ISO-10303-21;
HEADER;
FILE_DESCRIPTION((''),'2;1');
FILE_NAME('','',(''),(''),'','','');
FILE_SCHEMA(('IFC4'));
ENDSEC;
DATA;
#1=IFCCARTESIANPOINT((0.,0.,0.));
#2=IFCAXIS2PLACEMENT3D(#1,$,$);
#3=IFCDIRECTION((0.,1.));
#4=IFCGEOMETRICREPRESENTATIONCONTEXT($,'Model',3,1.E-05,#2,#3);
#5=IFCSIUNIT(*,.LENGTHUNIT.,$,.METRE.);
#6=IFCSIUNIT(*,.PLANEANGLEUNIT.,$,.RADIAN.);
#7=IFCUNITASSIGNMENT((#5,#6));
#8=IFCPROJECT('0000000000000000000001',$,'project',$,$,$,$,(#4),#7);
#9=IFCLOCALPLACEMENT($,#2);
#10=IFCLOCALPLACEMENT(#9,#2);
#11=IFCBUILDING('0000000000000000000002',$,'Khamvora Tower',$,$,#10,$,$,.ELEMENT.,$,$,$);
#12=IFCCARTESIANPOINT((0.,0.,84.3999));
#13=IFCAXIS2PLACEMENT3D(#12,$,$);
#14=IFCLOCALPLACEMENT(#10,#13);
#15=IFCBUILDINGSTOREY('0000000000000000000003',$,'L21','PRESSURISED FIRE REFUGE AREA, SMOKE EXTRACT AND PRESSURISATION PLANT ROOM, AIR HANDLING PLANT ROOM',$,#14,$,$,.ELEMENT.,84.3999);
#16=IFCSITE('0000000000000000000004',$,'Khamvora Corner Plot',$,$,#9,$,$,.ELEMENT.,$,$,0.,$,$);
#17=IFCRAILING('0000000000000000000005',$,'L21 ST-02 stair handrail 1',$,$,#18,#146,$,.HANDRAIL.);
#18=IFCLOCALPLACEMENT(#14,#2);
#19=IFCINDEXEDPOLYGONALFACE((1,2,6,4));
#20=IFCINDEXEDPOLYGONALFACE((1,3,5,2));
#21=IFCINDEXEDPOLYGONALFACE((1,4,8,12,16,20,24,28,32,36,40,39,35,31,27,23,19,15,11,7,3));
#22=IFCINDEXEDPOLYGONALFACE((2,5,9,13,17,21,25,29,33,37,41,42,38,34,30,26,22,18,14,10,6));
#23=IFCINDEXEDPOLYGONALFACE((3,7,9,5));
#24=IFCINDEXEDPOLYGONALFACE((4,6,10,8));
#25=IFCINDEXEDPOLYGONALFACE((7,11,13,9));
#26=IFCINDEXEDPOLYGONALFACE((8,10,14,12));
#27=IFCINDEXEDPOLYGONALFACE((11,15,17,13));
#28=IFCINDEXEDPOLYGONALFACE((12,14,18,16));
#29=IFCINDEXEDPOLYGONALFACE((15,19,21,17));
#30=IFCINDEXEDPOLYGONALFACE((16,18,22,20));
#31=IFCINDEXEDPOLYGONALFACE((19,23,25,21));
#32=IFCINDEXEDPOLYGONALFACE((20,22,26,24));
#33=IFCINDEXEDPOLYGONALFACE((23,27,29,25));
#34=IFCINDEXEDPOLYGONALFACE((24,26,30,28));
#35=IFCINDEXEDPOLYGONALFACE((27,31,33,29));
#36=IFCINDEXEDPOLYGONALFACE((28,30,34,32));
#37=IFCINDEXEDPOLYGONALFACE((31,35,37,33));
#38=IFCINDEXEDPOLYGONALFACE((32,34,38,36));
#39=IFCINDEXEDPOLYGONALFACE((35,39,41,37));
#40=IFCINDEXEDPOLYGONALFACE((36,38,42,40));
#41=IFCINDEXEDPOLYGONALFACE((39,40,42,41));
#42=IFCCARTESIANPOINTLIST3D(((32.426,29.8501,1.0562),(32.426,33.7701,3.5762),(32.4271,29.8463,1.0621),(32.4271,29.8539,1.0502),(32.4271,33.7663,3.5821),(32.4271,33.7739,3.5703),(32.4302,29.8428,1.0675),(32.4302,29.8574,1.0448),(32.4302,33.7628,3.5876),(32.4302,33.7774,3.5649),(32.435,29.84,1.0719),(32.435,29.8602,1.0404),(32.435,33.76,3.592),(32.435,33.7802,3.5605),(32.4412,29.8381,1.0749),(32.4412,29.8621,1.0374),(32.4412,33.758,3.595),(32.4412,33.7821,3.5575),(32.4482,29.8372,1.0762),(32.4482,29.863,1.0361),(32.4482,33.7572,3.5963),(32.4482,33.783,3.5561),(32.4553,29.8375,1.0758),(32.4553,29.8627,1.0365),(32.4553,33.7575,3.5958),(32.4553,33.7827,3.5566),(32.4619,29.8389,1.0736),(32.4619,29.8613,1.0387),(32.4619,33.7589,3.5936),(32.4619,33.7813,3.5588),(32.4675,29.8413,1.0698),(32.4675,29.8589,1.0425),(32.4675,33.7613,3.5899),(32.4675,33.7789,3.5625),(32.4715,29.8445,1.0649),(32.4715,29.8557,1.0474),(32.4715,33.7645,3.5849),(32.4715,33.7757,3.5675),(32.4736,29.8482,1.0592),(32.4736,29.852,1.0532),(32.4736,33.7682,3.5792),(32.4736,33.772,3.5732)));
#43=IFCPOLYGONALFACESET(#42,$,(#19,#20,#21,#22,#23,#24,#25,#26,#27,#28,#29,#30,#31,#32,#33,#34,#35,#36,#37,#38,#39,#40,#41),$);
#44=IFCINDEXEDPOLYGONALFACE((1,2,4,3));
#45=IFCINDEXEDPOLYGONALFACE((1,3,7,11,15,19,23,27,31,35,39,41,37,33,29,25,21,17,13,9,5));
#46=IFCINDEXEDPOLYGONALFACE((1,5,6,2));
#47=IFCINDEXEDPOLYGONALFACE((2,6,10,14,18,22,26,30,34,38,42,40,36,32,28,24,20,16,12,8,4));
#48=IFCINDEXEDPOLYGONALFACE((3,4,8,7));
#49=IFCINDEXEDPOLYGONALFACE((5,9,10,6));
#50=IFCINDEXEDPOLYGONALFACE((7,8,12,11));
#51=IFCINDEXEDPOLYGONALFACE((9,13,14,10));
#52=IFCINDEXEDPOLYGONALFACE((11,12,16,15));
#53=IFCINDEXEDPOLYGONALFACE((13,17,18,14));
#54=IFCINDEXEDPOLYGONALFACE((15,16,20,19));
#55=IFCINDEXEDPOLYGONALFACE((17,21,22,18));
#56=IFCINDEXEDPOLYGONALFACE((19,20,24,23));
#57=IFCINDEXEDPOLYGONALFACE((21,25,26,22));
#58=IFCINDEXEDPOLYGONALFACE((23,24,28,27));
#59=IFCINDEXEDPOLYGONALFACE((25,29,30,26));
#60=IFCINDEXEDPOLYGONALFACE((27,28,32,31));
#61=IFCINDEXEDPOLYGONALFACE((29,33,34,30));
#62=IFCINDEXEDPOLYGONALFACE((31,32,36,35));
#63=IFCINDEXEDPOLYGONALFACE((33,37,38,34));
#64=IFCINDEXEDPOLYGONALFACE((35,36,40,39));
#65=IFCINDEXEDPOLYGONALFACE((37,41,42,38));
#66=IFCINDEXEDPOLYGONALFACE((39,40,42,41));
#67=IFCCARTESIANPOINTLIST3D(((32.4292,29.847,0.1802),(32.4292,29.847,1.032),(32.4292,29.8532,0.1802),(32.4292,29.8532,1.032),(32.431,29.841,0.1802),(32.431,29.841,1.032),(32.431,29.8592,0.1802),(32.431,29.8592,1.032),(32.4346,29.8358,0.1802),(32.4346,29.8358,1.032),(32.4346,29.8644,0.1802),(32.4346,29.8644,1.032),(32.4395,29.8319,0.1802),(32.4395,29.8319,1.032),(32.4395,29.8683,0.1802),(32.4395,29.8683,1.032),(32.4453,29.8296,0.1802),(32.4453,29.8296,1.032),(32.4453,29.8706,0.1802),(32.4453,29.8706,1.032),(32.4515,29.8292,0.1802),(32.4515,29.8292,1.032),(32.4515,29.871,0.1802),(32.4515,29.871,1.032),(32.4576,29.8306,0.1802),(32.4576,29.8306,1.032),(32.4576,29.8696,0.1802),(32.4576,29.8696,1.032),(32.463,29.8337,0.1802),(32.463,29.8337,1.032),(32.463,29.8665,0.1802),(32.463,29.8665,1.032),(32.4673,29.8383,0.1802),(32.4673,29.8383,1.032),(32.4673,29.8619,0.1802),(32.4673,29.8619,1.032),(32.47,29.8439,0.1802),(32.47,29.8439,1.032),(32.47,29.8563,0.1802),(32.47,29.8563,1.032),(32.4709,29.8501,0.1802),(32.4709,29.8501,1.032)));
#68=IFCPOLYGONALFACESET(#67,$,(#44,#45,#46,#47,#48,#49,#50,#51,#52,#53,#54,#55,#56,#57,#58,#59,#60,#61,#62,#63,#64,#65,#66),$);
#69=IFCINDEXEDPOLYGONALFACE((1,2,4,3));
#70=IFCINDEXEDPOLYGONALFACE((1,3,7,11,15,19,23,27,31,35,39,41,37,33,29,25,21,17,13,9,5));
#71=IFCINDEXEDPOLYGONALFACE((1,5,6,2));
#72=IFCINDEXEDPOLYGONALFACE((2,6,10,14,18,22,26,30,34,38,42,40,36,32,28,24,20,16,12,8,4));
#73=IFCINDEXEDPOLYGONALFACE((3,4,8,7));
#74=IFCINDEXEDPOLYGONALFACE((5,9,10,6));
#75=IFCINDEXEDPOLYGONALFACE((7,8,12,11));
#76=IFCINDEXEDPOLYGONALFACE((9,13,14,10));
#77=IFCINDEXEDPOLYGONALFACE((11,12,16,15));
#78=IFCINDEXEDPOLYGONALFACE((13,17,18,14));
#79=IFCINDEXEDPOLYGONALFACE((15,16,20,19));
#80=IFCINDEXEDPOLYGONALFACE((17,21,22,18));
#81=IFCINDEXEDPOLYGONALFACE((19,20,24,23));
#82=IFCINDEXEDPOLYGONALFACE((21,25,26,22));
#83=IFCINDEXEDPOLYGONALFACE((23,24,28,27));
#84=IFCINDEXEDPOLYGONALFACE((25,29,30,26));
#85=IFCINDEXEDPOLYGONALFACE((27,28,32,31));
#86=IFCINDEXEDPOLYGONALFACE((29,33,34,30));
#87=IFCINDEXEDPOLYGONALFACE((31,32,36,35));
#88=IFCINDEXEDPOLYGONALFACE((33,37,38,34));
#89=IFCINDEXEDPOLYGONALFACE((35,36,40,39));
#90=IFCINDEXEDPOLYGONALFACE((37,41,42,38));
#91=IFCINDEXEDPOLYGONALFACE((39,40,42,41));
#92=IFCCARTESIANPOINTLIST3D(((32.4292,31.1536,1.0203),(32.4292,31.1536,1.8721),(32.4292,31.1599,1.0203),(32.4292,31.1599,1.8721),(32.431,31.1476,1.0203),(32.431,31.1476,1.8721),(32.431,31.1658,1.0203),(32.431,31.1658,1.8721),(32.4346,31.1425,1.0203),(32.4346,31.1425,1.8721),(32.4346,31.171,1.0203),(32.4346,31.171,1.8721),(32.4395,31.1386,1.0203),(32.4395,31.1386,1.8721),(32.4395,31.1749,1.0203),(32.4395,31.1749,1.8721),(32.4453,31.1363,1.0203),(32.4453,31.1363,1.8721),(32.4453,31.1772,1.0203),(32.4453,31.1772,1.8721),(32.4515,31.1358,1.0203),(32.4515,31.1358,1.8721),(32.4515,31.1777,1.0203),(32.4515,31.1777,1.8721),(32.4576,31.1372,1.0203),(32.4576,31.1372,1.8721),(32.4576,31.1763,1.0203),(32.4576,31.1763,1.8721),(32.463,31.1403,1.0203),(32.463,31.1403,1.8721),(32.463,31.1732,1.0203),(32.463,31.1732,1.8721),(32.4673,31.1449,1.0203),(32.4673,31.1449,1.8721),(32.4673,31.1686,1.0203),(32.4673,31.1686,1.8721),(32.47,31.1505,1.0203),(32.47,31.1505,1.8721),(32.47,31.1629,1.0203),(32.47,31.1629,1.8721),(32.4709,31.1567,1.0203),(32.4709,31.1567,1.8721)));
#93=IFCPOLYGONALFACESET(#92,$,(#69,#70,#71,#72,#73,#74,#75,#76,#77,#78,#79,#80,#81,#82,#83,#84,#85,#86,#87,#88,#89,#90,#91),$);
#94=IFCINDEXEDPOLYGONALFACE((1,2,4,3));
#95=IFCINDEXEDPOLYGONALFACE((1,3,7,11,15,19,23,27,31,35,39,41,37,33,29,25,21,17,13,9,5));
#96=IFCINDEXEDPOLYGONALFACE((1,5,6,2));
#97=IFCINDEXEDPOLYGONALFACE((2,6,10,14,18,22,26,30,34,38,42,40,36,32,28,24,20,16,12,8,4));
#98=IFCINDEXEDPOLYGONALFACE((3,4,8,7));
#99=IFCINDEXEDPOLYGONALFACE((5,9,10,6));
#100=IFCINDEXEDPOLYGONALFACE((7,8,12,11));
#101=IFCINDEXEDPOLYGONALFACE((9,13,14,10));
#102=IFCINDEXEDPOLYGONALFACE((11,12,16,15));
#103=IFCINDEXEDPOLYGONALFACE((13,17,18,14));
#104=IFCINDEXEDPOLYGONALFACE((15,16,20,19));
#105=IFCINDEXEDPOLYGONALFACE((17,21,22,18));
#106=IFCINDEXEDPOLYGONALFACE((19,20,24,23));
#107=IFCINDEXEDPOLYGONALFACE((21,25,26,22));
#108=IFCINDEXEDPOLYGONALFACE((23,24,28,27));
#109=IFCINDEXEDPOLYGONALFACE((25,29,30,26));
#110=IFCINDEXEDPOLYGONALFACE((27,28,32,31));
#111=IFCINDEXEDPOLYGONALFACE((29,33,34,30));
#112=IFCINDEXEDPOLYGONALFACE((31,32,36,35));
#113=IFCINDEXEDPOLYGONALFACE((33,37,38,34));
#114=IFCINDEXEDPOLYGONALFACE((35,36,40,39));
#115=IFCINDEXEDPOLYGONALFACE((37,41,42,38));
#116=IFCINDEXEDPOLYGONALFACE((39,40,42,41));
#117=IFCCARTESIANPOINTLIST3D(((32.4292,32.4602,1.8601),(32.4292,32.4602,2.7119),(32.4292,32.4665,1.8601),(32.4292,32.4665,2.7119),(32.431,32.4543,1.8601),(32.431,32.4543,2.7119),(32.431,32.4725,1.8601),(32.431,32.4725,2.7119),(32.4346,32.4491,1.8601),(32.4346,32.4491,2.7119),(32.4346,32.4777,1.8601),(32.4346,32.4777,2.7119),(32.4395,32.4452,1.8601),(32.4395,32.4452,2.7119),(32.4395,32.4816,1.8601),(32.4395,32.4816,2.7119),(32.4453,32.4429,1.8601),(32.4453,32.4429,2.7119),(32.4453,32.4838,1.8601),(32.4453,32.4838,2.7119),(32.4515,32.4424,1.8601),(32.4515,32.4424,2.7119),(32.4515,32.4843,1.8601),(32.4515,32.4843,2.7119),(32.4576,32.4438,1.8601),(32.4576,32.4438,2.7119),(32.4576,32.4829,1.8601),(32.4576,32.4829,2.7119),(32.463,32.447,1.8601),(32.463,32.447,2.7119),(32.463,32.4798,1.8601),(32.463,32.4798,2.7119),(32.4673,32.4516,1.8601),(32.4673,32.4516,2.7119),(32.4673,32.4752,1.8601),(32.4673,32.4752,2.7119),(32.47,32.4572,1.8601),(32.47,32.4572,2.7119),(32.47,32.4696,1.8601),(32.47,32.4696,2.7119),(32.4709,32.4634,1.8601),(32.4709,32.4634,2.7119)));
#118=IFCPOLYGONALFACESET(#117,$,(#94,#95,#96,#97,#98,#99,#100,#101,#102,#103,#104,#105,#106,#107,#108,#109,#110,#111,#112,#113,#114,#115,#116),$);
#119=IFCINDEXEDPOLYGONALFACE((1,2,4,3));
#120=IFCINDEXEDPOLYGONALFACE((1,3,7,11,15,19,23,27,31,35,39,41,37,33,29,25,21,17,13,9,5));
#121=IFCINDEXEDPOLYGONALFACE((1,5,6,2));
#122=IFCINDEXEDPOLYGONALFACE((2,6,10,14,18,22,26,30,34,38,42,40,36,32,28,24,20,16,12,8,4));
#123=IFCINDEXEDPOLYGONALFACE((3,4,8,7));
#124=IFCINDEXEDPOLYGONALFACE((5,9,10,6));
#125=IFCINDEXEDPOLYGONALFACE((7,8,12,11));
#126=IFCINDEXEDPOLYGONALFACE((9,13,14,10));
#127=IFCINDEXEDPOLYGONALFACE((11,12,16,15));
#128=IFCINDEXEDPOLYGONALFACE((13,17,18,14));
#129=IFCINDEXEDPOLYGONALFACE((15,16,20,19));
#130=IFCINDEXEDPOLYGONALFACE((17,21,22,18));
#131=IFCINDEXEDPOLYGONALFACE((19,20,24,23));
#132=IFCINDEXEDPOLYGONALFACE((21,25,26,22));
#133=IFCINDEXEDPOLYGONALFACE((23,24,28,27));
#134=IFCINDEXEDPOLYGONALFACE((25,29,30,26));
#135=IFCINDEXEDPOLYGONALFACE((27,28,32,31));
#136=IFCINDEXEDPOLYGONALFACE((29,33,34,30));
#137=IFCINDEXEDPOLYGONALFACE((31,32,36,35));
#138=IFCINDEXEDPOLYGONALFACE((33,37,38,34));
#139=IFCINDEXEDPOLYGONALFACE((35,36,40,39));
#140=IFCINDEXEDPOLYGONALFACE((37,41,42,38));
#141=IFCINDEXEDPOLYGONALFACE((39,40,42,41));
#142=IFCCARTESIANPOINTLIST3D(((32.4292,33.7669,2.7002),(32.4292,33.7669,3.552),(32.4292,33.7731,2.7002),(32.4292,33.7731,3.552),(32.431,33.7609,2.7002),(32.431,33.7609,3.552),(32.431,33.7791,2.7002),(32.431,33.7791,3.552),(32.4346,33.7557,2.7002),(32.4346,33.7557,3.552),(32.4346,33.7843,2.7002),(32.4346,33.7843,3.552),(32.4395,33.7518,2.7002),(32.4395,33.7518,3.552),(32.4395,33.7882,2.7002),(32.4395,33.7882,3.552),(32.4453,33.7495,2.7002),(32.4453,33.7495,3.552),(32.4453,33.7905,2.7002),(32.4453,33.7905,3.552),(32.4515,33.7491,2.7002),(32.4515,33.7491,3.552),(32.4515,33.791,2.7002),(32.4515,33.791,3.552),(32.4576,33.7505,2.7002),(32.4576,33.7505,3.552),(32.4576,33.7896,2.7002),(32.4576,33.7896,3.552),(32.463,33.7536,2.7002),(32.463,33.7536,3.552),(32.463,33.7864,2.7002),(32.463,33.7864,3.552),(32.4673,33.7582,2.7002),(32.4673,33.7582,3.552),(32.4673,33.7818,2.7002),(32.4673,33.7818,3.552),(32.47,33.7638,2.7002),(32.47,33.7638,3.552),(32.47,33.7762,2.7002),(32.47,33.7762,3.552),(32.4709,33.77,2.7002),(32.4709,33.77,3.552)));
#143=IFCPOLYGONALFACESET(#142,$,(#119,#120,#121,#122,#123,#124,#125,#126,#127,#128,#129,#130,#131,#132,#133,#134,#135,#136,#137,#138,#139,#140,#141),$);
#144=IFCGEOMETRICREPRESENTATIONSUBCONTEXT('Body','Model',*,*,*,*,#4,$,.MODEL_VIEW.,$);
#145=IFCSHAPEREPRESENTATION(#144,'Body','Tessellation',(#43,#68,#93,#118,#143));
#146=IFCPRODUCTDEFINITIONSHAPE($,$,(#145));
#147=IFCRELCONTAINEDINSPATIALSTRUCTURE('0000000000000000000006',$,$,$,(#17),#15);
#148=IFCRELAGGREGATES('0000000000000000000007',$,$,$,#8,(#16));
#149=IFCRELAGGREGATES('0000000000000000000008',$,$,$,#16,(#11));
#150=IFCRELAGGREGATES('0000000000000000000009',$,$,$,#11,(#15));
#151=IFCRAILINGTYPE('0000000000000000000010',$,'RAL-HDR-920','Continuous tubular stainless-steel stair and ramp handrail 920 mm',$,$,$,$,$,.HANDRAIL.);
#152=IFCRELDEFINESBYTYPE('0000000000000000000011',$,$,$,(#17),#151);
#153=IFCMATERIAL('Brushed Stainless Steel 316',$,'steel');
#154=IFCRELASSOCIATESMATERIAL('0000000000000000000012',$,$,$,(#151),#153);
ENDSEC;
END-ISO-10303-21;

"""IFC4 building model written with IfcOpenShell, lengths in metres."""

from ifc_helpers import new_model, si_unit, direction, frame, origin, origin_2d, place, context, subcontext, project, spatial, circle, extrude, material, type_object, element, save


model = new_model("IFC4")

# Units and contexts
model_context = context("Model", 3, precision=1e-05, world=origin(), true_north=direction((0.0, 1.0)))
body_context = subcontext(model_context, "Body", "Model", "MODEL_VIEW")
ifc_project = project(units=[si_unit("LENGTHUNIT", "METRE"), si_unit("PLANEANGLEUNIT", "RADIAN")], contexts=[model_context])

# Site, building, storey
site_placement = place(None, origin())
site = spatial("IfcSite", under=ifc_project, at=site_placement, Name="Khamvora Corner Plot", CompositionType="ELEMENT", RefElevation=0.0)
building_placement = place(site_placement, origin())
building = spatial("IfcBuilding", under=site, at=building_placement, Name="Khamvora Tower", CompositionType="ELEMENT")
storey_placement = place(building_placement, frame((0.0, 0.0, 84.3999)))
storey = spatial("IfcBuildingStorey", under=building, at=storey_placement, Name="L21", Description="PRESSURISED FIRE REFUGE AREA, SMOKE EXTRACT AND PRESSURISATION PLANT ROOM, AIR HANDLING PLANT ROOM", CompositionType="ELEMENT", Elevation=84.3999)

# Railing
ifc_material_1 = material(Name="Brushed Stainless Steel 316", Category="steel")
railing_type_1 = type_object("IfcRailingType", Name="RAL-HDR-920", Description="Continuous tubular stainless-steel stair and ramp handrail 920 mm", PredefinedType="HANDRAIL", material=ifc_material_1)
railing_1_placement = place(storey_placement, frame((32.45, 29.8501, 0.1802)))
element("IfcRailing", 1, at=railing_1_placement, inside=storey, type_object=railing_type_1, Name="L21 ST-02 stair handrail 1", PredefinedType="HANDRAIL", context=body_context, shape_type="SweptSolid", body=[
    extrude(circle(Radius=0.0239, at=origin_2d()), frame((0.0, 0.0, 0.876), z_axis=(0.0, 0.841172, 0.540768), x_axis=(-1.0, 0.0, 0.0)), (0.0, 0.0, 1.0), 4.6602),
    extrude(circle(Radius=0.021, at=origin_2d()), origin(), (0.0, 0.0, 1.0), 0.8518),
    extrude(circle(Radius=0.021, at=origin_2d()), frame((0.0, 1.3066, 0.8401)), (0.0, 0.0, 1.0), 0.8518),
    extrude(circle(Radius=0.021, at=origin_2d()), frame((0.0, 2.6133, 1.6799)), (0.0, 0.0, 1.0), 0.8518),
    extrude(circle(Radius=0.021, at=origin_2d()), frame((0.0, 3.9199, 2.52)), (0.0, 0.0, 1.0), 0.8518),
])

save(model, "model.ifc")
